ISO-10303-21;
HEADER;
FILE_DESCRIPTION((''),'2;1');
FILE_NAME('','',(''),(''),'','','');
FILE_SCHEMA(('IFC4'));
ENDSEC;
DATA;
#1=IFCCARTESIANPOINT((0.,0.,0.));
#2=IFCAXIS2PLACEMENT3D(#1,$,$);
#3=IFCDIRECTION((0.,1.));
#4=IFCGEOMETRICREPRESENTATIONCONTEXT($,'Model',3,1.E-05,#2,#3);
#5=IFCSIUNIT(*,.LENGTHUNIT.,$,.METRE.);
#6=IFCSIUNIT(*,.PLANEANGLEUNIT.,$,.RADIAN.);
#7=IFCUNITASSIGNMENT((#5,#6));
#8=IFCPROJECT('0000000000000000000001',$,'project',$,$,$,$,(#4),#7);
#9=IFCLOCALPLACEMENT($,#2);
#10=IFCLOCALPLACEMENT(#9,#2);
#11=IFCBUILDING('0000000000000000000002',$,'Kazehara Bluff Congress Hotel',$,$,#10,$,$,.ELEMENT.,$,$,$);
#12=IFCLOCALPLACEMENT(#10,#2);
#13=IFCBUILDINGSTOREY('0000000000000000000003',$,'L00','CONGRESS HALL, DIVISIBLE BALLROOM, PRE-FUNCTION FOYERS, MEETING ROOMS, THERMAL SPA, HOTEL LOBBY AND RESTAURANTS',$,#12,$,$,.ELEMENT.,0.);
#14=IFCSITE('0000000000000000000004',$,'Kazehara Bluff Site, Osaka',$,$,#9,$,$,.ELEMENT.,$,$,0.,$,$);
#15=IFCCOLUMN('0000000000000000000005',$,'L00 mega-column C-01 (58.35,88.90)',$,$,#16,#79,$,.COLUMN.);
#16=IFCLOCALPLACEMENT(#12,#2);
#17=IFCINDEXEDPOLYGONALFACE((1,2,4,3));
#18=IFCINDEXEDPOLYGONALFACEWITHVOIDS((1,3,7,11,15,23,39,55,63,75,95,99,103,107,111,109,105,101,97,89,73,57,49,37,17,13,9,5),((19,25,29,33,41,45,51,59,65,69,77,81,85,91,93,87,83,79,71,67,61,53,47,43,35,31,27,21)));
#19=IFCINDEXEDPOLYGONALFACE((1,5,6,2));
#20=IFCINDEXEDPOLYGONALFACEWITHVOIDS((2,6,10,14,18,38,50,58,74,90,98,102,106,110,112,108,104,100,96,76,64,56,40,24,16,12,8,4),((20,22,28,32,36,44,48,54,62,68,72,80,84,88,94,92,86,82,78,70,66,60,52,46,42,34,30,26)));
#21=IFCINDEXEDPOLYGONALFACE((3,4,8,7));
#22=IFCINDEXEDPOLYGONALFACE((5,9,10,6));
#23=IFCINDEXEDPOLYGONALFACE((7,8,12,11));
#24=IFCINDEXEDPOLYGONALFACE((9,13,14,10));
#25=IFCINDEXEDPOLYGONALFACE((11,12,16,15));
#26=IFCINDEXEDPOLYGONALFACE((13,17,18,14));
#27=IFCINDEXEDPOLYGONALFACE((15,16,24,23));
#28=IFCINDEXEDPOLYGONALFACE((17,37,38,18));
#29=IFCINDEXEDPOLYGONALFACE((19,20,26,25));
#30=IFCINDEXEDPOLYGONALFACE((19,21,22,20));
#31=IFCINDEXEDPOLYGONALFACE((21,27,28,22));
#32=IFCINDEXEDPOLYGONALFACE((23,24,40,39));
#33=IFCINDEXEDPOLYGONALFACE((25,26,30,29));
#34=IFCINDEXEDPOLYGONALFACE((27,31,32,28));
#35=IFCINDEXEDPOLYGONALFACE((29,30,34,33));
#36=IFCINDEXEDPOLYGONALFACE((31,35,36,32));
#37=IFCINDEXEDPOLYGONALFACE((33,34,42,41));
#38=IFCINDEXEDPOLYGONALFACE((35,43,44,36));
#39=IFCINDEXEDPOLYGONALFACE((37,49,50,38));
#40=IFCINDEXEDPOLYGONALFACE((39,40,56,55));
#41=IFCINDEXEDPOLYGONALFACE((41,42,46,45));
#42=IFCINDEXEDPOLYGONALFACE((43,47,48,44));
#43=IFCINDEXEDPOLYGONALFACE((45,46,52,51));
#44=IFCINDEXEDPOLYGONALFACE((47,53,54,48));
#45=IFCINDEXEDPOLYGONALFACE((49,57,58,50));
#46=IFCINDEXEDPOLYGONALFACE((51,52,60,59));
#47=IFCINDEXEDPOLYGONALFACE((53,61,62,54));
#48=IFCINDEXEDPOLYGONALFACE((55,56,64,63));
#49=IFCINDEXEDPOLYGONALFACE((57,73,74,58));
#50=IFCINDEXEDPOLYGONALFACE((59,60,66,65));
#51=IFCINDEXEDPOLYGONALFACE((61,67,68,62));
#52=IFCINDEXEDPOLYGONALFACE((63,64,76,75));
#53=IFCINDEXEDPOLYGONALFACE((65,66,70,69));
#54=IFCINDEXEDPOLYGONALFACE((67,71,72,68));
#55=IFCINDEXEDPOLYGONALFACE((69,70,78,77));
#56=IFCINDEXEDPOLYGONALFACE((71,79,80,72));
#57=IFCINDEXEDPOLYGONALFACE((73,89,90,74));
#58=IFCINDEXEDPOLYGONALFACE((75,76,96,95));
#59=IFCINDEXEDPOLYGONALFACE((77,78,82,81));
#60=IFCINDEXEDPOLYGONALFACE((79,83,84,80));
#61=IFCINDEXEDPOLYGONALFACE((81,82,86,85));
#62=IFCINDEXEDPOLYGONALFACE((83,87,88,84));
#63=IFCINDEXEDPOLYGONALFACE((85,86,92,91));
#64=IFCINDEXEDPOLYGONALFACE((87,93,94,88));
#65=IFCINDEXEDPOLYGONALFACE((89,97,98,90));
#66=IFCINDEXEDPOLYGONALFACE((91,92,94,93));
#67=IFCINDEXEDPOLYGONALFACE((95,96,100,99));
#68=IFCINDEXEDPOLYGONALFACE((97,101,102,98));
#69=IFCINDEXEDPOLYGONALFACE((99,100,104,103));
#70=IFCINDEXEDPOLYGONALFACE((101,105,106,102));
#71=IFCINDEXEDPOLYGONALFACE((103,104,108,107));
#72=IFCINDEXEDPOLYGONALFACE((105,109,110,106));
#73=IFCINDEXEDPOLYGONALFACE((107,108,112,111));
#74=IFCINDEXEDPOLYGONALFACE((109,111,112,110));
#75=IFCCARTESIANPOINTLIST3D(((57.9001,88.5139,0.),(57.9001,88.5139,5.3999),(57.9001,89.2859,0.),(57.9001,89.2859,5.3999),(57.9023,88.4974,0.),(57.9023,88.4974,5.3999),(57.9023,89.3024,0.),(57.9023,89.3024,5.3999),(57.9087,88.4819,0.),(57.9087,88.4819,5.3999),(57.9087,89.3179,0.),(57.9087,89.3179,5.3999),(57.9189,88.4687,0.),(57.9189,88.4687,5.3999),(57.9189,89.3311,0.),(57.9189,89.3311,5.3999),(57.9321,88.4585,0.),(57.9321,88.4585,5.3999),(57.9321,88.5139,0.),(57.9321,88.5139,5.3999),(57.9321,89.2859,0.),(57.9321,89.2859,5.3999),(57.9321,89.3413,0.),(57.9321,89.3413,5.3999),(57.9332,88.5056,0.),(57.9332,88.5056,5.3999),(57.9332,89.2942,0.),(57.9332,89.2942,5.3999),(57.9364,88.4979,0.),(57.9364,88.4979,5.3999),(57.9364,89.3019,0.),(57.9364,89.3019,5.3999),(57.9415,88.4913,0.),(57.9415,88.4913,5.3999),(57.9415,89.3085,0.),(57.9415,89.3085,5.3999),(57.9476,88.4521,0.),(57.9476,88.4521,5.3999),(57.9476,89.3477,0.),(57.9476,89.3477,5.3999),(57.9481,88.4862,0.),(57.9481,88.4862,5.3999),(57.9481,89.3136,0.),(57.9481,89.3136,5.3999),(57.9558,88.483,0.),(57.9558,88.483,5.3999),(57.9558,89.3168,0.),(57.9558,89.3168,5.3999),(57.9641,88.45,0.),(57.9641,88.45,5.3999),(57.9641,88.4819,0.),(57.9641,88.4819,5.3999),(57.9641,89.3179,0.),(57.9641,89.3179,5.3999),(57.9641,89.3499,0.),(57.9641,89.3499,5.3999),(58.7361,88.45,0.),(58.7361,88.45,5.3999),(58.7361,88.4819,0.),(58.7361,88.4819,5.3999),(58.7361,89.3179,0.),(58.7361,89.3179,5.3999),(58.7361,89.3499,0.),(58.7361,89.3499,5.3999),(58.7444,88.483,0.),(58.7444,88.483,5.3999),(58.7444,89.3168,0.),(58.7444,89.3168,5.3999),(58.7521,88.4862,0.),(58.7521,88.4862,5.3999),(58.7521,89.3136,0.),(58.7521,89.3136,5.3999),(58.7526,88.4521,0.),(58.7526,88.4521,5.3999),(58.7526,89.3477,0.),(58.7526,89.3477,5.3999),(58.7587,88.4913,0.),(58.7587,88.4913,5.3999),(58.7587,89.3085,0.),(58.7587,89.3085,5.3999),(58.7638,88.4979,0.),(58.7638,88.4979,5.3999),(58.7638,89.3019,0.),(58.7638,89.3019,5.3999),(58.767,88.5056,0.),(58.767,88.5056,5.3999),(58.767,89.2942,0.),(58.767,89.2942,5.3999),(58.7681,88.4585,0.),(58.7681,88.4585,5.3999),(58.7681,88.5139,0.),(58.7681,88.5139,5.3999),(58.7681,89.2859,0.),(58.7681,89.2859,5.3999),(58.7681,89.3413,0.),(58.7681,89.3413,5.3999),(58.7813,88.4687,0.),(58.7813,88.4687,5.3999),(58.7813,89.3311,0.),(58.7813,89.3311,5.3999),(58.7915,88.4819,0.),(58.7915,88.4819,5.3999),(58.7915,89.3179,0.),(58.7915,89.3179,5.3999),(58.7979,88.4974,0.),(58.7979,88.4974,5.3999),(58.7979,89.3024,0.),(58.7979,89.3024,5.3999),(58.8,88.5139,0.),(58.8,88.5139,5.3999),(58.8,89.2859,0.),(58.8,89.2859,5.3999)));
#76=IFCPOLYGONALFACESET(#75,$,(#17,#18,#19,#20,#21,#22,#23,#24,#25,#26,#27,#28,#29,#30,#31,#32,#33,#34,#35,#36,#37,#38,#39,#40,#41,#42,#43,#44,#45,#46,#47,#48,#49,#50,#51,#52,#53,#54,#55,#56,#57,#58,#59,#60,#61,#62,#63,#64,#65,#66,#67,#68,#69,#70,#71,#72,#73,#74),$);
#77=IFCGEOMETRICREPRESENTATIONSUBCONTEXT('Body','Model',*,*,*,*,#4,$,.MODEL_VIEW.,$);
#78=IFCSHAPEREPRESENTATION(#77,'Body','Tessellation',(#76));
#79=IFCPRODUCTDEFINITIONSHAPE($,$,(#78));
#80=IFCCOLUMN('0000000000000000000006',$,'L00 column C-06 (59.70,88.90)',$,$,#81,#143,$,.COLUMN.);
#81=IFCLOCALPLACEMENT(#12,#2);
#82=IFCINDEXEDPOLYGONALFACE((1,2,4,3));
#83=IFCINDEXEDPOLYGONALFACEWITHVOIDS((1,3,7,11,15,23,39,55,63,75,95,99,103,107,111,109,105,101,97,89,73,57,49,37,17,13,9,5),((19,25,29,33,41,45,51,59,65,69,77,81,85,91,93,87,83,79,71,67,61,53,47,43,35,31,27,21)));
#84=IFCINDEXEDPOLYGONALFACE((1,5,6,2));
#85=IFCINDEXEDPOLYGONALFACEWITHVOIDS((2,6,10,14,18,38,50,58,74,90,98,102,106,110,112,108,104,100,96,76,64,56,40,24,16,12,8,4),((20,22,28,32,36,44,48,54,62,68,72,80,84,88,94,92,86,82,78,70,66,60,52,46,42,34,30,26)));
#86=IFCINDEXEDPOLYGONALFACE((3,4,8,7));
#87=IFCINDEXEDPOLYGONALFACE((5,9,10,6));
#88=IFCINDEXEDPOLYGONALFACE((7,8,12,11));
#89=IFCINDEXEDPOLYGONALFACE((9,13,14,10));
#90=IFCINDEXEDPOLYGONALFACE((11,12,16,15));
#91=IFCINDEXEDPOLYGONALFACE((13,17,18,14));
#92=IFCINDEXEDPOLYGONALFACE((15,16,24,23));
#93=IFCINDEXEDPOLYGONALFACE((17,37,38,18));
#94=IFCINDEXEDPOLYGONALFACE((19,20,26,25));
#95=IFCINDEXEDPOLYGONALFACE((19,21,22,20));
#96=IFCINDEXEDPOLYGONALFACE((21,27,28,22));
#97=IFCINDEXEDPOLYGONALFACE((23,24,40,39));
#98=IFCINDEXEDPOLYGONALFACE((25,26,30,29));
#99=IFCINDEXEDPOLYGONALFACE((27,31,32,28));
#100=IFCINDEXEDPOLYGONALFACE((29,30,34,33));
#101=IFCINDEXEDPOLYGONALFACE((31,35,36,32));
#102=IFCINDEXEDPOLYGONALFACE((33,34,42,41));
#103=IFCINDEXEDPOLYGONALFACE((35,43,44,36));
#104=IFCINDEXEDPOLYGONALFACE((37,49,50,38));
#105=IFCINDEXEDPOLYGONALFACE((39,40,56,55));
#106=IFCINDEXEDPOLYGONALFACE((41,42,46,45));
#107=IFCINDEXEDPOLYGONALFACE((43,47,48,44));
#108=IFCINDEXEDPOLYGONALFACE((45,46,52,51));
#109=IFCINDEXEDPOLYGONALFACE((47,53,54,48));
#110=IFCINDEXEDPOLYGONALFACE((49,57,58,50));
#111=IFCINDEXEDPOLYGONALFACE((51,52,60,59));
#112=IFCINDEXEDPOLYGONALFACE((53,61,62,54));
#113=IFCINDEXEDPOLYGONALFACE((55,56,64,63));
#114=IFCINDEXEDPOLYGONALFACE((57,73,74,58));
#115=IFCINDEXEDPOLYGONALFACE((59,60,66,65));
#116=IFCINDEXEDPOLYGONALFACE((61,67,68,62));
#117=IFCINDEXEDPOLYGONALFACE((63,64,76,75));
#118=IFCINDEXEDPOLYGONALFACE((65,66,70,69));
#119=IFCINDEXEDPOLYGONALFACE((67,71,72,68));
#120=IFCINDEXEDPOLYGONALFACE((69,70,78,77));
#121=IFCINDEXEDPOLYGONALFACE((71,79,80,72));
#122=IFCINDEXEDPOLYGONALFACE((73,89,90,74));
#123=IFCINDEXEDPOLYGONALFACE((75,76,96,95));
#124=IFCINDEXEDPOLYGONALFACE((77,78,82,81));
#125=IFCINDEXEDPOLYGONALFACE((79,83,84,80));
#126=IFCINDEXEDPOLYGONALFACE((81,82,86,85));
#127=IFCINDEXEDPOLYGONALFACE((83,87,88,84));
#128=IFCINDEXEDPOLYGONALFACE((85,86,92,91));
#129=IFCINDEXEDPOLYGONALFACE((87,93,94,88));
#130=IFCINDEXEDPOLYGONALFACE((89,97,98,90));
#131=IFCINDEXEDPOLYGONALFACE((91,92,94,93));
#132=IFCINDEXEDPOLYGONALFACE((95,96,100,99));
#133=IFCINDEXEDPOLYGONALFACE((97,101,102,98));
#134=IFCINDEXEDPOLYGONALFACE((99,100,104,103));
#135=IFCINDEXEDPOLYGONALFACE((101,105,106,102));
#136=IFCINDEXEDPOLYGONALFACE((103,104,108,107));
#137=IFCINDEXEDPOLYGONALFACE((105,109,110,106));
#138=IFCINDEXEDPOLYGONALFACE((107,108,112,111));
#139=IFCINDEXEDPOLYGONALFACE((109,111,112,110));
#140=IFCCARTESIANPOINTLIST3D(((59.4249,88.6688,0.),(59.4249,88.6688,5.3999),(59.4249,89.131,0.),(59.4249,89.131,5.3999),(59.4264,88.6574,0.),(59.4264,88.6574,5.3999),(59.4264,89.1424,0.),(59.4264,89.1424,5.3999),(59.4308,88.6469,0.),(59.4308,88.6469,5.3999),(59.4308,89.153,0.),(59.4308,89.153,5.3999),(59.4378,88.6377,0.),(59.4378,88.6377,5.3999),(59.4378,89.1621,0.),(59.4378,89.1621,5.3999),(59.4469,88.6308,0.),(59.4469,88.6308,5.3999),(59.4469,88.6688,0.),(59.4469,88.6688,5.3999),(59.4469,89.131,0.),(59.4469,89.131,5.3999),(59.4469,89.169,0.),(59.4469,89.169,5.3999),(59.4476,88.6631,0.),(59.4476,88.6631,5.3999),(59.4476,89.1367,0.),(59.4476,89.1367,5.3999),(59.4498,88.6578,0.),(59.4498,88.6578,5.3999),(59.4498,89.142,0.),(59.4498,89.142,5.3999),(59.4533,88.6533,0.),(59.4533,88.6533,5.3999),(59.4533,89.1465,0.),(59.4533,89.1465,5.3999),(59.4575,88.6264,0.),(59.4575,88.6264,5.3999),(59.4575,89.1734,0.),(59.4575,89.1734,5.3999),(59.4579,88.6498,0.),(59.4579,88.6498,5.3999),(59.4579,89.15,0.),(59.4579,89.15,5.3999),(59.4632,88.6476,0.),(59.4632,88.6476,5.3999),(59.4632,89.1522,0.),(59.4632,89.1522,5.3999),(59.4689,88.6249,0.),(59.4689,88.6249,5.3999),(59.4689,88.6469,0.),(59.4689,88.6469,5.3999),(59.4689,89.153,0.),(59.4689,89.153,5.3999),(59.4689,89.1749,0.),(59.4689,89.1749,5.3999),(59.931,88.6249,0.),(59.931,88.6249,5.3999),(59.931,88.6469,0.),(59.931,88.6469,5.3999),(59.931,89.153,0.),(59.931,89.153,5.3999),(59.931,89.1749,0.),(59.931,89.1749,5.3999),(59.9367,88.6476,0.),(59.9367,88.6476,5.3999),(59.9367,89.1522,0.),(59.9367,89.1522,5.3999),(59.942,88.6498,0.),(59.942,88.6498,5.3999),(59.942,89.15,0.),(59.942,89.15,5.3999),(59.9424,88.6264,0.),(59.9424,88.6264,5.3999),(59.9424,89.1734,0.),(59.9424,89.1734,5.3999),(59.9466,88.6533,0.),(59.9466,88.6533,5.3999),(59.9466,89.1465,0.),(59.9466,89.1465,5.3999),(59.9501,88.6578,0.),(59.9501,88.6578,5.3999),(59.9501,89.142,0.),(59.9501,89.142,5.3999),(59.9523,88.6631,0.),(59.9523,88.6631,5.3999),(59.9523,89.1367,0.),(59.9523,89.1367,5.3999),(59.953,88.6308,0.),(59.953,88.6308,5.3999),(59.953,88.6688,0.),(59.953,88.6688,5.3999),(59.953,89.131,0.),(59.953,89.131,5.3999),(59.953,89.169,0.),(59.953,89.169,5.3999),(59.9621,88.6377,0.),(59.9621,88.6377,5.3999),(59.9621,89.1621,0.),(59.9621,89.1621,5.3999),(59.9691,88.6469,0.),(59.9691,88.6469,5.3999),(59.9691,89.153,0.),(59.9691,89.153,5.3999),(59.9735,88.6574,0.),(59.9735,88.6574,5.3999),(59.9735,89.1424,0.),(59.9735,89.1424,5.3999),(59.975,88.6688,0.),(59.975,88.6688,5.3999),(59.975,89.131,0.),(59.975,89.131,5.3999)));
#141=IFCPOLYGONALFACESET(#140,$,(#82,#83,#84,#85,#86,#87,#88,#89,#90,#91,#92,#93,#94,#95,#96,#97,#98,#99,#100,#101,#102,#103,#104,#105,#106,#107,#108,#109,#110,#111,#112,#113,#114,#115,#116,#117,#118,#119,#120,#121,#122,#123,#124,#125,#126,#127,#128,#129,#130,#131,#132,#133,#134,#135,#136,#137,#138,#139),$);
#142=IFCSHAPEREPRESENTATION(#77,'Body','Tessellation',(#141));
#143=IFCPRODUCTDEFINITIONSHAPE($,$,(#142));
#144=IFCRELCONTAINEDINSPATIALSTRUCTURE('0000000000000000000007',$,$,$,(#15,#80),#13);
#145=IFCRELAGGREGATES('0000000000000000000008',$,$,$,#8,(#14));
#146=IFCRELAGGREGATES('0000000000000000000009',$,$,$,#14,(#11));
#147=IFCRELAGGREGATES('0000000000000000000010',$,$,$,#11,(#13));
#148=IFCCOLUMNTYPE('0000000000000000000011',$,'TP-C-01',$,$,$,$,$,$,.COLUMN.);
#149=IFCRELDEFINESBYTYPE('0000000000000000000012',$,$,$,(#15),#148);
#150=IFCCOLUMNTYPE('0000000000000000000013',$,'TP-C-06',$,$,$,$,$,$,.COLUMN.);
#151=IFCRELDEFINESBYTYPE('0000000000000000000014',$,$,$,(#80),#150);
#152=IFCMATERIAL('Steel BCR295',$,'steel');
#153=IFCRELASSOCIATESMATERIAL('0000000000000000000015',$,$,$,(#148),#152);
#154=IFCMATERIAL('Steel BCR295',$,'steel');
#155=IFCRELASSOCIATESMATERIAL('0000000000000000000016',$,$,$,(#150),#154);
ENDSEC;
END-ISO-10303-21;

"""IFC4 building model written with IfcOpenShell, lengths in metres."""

from ifc_helpers import new_model, si_unit, direction, frame, origin, origin_2d, place, context, subcontext, project, spatial, hollow_rectangle, extrude, material, material_profile, profile_set, type_object, element, save


model = new_model("IFC4")

# Units and contexts
model_context = context("Model", 3, precision=1e-05, world=origin(), true_north=direction((0.0, 1.0)))
body_context = subcontext(model_context, "Body", "Model", "MODEL_VIEW")
ifc_project = project(units=[si_unit("LENGTHUNIT", "METRE"), si_unit("PLANEANGLEUNIT", "RADIAN")], contexts=[model_context])

# Site, building, storey
site_placement = place(None, origin())
site = spatial("IfcSite", under=ifc_project, at=site_placement, Name="Kazehara Bluff Site, Osaka", CompositionType="ELEMENT", RefElevation=0.0)
building_placement = place(site_placement, origin())
building = spatial("IfcBuilding", under=site, at=building_placement, Name="Kazehara Bluff Congress Hotel", CompositionType="ELEMENT")
storey_placement = place(building_placement, origin())
storey = spatial("IfcBuildingStorey", under=building, at=storey_placement, Name="L00", Description="CONGRESS HALL, DIVISIBLE BALLROOM, PRE-FUNCTION FOYERS, MEETING ROOMS, THERMAL SPA, HOTEL LOBBY AND RESTAURANTS", CompositionType="ELEMENT", Elevation=0.0)

# Columns
ifc_material_1 = material(Name="Steel BCR295", Category="steel")
ifc_material_profile_1 = material_profile(ifc_material_1, hollow_rectangle(XDim=0.8999, YDim=0.8999, WallThickness=0.032, InnerFilletRadius=0.032, OuterFilletRadius=0.064, at=origin_2d()))
ifc_profile_set_1 = profile_set([ifc_material_profile_1], Name="Steel BCR295")
column_type_1 = type_object("IfcColumnType", Name="TP-C-01", PredefinedType="COLUMN", material=ifc_profile_set_1)
column_1_placement = place(storey_placement, frame((58.3501, 88.8999, 0.0), z_axis=(0.0, 0.0, 1.0), x_axis=(1.0, 0.0, 0.0)))
element("IfcColumn", 1, at=column_1_placement, inside=storey, type_object=column_type_1, Name="L00 mega-column C-01 (58.35,88.90)", PredefinedType="COLUMN", context=body_context, shape_type="SweptSolid", body=[
    extrude(hollow_rectangle(XDim=0.8999, YDim=0.8999, WallThickness=0.032, InnerFilletRadius=0.032, OuterFilletRadius=0.064, at=origin_2d()), origin(), (0.0, 0.0, 1.0), 5.3999),
])
ifc_material_2 = material(Name="Steel BCR295", Category="steel")
ifc_material_profile_2 = material_profile(ifc_material_2, hollow_rectangle(XDim=0.55, YDim=0.55, WallThickness=0.022, InnerFilletRadius=0.022, OuterFilletRadius=0.0439, at=origin_2d()))
ifc_profile_set_2 = profile_set([ifc_material_profile_2], Name="Steel BCR295")
column_type_2 = type_object("IfcColumnType", Name="TP-C-06", PredefinedType="COLUMN", material=ifc_profile_set_2)
column_2_placement = place(storey_placement, frame((59.7, 88.8999, 0.0), z_axis=(0.0, 0.0, 1.0), x_axis=(1.0, 0.0, 0.0)))
element("IfcColumn", 2, at=column_2_placement, inside=storey, type_object=column_type_2, Name="L00 column C-06 (59.70,88.90)", PredefinedType="COLUMN", context=body_context, shape_type="SweptSolid", body=[
    extrude(hollow_rectangle(XDim=0.55, YDim=0.55, WallThickness=0.022, InnerFilletRadius=0.022, OuterFilletRadius=0.0439, at=origin_2d()), origin(), (0.0, 0.0, 1.0), 5.3999),
])

save(model, "model.ifc")
